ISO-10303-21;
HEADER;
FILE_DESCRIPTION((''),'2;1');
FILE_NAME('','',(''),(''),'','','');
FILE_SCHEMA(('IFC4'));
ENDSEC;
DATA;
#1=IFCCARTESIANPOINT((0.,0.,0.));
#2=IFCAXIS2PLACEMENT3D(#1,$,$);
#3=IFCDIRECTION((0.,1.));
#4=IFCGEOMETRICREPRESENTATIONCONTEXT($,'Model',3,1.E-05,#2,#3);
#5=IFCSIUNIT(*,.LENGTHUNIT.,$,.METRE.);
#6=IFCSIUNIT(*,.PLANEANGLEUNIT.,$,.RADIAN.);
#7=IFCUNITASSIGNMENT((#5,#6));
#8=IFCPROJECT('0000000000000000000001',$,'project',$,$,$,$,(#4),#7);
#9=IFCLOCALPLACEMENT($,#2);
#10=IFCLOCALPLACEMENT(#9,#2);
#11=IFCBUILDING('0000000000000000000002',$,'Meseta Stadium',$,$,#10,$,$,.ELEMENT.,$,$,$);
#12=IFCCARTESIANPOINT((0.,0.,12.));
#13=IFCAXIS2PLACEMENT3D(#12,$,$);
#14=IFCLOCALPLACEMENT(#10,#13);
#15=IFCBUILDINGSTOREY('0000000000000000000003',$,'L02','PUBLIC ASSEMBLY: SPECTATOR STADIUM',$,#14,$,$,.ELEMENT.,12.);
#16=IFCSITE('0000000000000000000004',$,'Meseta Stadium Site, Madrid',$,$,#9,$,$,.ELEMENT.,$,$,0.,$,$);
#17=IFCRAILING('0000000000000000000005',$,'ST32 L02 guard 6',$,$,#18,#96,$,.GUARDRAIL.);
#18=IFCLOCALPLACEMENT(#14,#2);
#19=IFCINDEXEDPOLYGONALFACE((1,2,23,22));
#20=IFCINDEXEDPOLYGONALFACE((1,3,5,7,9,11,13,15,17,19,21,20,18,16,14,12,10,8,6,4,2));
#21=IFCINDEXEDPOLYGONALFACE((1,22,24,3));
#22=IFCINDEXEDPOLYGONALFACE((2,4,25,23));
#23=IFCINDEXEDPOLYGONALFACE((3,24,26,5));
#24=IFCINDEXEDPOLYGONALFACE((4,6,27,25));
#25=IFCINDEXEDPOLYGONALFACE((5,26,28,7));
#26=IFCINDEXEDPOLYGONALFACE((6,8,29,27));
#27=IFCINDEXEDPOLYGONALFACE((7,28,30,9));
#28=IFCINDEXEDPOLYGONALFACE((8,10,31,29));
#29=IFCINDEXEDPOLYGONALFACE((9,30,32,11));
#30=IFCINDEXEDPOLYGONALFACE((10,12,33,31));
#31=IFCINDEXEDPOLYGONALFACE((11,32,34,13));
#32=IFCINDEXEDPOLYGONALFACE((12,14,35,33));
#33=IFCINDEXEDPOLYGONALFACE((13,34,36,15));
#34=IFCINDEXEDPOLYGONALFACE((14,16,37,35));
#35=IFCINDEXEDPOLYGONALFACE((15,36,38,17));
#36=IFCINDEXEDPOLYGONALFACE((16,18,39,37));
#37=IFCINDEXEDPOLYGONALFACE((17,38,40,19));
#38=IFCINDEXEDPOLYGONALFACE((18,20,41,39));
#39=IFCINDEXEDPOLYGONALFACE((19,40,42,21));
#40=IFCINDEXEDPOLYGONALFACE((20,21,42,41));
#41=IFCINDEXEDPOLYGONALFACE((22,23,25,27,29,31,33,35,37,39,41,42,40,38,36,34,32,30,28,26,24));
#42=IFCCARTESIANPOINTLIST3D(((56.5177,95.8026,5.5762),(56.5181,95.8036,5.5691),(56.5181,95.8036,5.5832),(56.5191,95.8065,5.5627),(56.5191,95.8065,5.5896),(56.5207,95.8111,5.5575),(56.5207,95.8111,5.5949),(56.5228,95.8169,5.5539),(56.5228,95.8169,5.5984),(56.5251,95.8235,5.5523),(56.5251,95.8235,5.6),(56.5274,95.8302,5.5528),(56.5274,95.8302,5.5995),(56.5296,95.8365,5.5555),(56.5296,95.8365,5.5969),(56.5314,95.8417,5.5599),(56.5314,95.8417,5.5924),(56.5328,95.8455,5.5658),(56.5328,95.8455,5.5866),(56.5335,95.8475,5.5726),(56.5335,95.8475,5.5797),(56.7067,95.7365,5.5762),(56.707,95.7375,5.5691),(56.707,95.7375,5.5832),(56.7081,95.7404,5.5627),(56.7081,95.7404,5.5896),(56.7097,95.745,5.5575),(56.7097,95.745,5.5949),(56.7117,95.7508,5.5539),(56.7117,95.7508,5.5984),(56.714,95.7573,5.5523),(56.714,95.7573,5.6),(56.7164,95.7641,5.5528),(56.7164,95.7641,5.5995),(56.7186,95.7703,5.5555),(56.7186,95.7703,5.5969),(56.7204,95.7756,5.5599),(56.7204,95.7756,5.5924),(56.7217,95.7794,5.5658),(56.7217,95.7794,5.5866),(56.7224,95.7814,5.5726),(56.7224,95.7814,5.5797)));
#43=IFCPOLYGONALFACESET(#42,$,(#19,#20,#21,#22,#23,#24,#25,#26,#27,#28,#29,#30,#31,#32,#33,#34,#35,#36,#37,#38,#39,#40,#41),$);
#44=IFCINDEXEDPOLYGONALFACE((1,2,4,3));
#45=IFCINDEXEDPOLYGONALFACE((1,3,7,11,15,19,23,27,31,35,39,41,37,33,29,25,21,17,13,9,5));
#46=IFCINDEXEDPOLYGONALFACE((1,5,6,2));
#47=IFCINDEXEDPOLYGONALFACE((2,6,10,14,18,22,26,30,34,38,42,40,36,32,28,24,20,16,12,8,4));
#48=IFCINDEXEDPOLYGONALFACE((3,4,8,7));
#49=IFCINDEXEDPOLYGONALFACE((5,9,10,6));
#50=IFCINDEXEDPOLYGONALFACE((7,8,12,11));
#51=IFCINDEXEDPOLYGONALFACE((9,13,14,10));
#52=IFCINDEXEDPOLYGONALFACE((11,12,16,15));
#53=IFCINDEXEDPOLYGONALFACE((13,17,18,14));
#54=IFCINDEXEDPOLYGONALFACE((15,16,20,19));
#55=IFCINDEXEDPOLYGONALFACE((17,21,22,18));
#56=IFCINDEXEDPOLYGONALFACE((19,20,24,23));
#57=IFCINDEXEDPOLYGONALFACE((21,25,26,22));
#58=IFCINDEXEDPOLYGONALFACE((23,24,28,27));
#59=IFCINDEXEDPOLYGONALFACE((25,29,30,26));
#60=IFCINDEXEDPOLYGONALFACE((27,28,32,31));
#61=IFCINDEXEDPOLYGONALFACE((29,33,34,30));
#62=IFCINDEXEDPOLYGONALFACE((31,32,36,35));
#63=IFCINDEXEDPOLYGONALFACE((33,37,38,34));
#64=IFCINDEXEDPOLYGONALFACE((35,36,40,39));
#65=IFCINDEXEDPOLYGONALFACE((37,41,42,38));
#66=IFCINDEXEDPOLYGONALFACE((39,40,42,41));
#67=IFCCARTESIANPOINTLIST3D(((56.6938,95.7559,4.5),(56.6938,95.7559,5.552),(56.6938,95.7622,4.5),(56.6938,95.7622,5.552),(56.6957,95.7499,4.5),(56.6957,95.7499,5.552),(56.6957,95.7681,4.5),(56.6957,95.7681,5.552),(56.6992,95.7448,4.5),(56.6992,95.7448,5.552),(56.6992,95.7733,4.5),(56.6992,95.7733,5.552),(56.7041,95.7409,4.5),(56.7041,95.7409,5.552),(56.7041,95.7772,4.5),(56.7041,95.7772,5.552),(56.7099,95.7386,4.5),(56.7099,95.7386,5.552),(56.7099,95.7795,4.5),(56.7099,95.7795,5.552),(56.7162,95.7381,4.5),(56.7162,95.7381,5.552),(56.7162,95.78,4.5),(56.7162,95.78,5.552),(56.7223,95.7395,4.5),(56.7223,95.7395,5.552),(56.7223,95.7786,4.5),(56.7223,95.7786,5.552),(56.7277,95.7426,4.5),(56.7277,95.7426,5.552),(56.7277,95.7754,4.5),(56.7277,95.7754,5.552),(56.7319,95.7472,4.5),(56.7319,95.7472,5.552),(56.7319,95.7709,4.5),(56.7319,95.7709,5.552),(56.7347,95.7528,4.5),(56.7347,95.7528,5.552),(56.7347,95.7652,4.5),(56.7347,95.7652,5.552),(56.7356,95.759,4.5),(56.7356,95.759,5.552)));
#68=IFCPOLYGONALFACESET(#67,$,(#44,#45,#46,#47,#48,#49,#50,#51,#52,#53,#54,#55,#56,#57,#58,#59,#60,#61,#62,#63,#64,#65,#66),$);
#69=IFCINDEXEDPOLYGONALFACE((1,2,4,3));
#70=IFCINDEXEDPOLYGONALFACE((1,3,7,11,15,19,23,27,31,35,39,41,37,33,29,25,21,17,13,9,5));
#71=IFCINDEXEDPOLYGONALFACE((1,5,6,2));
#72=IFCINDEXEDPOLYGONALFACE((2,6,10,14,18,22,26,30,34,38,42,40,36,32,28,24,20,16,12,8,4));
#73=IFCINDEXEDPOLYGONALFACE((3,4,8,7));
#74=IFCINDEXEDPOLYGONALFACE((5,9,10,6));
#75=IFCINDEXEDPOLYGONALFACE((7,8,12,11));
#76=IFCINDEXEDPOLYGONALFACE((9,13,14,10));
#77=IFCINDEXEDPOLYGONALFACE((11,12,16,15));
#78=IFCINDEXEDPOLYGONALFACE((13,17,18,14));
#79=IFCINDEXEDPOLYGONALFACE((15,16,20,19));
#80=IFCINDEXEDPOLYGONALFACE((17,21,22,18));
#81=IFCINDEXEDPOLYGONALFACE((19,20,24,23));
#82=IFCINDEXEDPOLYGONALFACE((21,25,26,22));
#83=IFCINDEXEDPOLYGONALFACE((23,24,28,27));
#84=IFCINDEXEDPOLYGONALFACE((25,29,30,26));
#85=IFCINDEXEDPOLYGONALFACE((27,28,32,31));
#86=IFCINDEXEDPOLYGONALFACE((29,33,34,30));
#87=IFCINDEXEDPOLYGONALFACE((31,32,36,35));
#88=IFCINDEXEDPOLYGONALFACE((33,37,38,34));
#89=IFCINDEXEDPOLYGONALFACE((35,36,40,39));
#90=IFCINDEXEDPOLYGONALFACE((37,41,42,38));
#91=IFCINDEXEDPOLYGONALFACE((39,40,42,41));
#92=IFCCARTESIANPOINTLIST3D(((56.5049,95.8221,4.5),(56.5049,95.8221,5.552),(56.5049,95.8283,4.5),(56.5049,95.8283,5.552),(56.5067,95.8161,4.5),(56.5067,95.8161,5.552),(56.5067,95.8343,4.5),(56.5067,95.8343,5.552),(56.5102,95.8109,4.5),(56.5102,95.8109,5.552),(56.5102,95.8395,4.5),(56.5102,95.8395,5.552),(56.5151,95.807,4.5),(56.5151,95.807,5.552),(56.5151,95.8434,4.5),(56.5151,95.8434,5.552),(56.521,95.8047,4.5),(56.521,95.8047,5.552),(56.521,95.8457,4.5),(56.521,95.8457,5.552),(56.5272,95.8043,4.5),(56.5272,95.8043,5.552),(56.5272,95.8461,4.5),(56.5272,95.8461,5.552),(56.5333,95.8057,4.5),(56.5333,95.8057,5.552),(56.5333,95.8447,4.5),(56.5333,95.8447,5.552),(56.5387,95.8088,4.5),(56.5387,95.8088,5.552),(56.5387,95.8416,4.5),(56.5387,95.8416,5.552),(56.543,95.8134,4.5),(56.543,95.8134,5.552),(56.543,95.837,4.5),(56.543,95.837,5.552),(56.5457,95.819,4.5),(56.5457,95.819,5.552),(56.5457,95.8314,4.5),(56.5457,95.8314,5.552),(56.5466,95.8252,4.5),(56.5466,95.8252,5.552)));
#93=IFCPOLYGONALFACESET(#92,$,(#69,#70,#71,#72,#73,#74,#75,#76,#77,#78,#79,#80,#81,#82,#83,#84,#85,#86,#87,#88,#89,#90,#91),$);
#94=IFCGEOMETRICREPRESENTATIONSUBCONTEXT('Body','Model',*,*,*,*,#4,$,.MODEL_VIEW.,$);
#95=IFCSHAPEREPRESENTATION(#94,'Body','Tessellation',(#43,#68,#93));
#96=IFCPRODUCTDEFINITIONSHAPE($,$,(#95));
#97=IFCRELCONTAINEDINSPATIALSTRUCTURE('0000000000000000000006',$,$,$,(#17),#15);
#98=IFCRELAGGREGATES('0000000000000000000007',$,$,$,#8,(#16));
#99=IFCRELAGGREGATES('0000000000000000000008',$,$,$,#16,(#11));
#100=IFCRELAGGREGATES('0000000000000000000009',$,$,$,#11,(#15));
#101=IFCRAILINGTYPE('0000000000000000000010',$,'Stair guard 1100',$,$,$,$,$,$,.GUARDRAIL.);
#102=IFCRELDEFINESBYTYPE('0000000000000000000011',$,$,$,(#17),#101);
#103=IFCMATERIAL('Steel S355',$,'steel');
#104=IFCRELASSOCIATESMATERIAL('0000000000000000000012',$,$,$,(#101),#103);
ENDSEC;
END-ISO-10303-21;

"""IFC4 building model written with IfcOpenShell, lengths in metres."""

from ifc_helpers import new_model, si_unit, direction, frame, origin, origin_2d, place, context, subcontext, project, spatial, circle, extrude, material, type_object, element, save


model = new_model("IFC4")

# Units and contexts
model_context = context("Model", 3, precision=1e-05, world=origin(), true_north=direction((0.0, 1.0)))
body_context = subcontext(model_context, "Body", "Model", "MODEL_VIEW")
ifc_project = project(units=[si_unit("LENGTHUNIT", "METRE"), si_unit("PLANEANGLEUNIT", "RADIAN")], contexts=[model_context])

# Site, building, storey
site_placement = place(None, origin())
site = spatial("IfcSite", under=ifc_project, at=site_placement, Name="Meseta Stadium Site, Madrid", CompositionType="ELEMENT", RefElevation=0.0)
building_placement = place(site_placement, origin())
building = spatial("IfcBuilding", under=site, at=building_placement, Name="Meseta Stadium", CompositionType="ELEMENT")
storey_placement = place(building_placement, frame((0.0, 0.0, 12.0)))
storey = spatial("IfcBuildingStorey", under=building, at=storey_placement, Name="L02", Description="PUBLIC ASSEMBLY: SPECTATOR STADIUM", CompositionType="ELEMENT", Elevation=12.0)

# Railing
ifc_material_1 = material(Name="Steel S355", Category="steel")
railing_type_1 = type_object("IfcRailingType", Name="Stair guard 1100", PredefinedType="GUARDRAIL", material=ifc_material_1)
railing_1_placement = place(storey_placement, frame((56.7146, 95.759, 4.5)))
element("IfcRailing", 1, at=railing_1_placement, inside=storey, type_object=railing_type_1, Name="ST32 L02 guard 6", PredefinedType="GUARDRAIL", context=body_context, shape_type="SweptSolid", body=[
    extrude(circle(Radius=0.0239, at=origin_2d()), frame((0.0, 0.0, 1.0762), z_axis=(-0.94382, 0.330459, 0.0), x_axis=(-0.330459, -0.94382, 0.0)), (0.0, 0.0, 1.0), 0.2002),
    extrude(circle(Radius=0.021, at=origin_2d()), origin(), (0.0, 0.0, 1.0), 1.052),
    extrude(circle(Radius=0.021, at=origin_2d()), frame((-0.189, 0.0662, 0.0)), (0.0, 0.0, 1.0), 1.052),
])

save(model, "model.ifc")
